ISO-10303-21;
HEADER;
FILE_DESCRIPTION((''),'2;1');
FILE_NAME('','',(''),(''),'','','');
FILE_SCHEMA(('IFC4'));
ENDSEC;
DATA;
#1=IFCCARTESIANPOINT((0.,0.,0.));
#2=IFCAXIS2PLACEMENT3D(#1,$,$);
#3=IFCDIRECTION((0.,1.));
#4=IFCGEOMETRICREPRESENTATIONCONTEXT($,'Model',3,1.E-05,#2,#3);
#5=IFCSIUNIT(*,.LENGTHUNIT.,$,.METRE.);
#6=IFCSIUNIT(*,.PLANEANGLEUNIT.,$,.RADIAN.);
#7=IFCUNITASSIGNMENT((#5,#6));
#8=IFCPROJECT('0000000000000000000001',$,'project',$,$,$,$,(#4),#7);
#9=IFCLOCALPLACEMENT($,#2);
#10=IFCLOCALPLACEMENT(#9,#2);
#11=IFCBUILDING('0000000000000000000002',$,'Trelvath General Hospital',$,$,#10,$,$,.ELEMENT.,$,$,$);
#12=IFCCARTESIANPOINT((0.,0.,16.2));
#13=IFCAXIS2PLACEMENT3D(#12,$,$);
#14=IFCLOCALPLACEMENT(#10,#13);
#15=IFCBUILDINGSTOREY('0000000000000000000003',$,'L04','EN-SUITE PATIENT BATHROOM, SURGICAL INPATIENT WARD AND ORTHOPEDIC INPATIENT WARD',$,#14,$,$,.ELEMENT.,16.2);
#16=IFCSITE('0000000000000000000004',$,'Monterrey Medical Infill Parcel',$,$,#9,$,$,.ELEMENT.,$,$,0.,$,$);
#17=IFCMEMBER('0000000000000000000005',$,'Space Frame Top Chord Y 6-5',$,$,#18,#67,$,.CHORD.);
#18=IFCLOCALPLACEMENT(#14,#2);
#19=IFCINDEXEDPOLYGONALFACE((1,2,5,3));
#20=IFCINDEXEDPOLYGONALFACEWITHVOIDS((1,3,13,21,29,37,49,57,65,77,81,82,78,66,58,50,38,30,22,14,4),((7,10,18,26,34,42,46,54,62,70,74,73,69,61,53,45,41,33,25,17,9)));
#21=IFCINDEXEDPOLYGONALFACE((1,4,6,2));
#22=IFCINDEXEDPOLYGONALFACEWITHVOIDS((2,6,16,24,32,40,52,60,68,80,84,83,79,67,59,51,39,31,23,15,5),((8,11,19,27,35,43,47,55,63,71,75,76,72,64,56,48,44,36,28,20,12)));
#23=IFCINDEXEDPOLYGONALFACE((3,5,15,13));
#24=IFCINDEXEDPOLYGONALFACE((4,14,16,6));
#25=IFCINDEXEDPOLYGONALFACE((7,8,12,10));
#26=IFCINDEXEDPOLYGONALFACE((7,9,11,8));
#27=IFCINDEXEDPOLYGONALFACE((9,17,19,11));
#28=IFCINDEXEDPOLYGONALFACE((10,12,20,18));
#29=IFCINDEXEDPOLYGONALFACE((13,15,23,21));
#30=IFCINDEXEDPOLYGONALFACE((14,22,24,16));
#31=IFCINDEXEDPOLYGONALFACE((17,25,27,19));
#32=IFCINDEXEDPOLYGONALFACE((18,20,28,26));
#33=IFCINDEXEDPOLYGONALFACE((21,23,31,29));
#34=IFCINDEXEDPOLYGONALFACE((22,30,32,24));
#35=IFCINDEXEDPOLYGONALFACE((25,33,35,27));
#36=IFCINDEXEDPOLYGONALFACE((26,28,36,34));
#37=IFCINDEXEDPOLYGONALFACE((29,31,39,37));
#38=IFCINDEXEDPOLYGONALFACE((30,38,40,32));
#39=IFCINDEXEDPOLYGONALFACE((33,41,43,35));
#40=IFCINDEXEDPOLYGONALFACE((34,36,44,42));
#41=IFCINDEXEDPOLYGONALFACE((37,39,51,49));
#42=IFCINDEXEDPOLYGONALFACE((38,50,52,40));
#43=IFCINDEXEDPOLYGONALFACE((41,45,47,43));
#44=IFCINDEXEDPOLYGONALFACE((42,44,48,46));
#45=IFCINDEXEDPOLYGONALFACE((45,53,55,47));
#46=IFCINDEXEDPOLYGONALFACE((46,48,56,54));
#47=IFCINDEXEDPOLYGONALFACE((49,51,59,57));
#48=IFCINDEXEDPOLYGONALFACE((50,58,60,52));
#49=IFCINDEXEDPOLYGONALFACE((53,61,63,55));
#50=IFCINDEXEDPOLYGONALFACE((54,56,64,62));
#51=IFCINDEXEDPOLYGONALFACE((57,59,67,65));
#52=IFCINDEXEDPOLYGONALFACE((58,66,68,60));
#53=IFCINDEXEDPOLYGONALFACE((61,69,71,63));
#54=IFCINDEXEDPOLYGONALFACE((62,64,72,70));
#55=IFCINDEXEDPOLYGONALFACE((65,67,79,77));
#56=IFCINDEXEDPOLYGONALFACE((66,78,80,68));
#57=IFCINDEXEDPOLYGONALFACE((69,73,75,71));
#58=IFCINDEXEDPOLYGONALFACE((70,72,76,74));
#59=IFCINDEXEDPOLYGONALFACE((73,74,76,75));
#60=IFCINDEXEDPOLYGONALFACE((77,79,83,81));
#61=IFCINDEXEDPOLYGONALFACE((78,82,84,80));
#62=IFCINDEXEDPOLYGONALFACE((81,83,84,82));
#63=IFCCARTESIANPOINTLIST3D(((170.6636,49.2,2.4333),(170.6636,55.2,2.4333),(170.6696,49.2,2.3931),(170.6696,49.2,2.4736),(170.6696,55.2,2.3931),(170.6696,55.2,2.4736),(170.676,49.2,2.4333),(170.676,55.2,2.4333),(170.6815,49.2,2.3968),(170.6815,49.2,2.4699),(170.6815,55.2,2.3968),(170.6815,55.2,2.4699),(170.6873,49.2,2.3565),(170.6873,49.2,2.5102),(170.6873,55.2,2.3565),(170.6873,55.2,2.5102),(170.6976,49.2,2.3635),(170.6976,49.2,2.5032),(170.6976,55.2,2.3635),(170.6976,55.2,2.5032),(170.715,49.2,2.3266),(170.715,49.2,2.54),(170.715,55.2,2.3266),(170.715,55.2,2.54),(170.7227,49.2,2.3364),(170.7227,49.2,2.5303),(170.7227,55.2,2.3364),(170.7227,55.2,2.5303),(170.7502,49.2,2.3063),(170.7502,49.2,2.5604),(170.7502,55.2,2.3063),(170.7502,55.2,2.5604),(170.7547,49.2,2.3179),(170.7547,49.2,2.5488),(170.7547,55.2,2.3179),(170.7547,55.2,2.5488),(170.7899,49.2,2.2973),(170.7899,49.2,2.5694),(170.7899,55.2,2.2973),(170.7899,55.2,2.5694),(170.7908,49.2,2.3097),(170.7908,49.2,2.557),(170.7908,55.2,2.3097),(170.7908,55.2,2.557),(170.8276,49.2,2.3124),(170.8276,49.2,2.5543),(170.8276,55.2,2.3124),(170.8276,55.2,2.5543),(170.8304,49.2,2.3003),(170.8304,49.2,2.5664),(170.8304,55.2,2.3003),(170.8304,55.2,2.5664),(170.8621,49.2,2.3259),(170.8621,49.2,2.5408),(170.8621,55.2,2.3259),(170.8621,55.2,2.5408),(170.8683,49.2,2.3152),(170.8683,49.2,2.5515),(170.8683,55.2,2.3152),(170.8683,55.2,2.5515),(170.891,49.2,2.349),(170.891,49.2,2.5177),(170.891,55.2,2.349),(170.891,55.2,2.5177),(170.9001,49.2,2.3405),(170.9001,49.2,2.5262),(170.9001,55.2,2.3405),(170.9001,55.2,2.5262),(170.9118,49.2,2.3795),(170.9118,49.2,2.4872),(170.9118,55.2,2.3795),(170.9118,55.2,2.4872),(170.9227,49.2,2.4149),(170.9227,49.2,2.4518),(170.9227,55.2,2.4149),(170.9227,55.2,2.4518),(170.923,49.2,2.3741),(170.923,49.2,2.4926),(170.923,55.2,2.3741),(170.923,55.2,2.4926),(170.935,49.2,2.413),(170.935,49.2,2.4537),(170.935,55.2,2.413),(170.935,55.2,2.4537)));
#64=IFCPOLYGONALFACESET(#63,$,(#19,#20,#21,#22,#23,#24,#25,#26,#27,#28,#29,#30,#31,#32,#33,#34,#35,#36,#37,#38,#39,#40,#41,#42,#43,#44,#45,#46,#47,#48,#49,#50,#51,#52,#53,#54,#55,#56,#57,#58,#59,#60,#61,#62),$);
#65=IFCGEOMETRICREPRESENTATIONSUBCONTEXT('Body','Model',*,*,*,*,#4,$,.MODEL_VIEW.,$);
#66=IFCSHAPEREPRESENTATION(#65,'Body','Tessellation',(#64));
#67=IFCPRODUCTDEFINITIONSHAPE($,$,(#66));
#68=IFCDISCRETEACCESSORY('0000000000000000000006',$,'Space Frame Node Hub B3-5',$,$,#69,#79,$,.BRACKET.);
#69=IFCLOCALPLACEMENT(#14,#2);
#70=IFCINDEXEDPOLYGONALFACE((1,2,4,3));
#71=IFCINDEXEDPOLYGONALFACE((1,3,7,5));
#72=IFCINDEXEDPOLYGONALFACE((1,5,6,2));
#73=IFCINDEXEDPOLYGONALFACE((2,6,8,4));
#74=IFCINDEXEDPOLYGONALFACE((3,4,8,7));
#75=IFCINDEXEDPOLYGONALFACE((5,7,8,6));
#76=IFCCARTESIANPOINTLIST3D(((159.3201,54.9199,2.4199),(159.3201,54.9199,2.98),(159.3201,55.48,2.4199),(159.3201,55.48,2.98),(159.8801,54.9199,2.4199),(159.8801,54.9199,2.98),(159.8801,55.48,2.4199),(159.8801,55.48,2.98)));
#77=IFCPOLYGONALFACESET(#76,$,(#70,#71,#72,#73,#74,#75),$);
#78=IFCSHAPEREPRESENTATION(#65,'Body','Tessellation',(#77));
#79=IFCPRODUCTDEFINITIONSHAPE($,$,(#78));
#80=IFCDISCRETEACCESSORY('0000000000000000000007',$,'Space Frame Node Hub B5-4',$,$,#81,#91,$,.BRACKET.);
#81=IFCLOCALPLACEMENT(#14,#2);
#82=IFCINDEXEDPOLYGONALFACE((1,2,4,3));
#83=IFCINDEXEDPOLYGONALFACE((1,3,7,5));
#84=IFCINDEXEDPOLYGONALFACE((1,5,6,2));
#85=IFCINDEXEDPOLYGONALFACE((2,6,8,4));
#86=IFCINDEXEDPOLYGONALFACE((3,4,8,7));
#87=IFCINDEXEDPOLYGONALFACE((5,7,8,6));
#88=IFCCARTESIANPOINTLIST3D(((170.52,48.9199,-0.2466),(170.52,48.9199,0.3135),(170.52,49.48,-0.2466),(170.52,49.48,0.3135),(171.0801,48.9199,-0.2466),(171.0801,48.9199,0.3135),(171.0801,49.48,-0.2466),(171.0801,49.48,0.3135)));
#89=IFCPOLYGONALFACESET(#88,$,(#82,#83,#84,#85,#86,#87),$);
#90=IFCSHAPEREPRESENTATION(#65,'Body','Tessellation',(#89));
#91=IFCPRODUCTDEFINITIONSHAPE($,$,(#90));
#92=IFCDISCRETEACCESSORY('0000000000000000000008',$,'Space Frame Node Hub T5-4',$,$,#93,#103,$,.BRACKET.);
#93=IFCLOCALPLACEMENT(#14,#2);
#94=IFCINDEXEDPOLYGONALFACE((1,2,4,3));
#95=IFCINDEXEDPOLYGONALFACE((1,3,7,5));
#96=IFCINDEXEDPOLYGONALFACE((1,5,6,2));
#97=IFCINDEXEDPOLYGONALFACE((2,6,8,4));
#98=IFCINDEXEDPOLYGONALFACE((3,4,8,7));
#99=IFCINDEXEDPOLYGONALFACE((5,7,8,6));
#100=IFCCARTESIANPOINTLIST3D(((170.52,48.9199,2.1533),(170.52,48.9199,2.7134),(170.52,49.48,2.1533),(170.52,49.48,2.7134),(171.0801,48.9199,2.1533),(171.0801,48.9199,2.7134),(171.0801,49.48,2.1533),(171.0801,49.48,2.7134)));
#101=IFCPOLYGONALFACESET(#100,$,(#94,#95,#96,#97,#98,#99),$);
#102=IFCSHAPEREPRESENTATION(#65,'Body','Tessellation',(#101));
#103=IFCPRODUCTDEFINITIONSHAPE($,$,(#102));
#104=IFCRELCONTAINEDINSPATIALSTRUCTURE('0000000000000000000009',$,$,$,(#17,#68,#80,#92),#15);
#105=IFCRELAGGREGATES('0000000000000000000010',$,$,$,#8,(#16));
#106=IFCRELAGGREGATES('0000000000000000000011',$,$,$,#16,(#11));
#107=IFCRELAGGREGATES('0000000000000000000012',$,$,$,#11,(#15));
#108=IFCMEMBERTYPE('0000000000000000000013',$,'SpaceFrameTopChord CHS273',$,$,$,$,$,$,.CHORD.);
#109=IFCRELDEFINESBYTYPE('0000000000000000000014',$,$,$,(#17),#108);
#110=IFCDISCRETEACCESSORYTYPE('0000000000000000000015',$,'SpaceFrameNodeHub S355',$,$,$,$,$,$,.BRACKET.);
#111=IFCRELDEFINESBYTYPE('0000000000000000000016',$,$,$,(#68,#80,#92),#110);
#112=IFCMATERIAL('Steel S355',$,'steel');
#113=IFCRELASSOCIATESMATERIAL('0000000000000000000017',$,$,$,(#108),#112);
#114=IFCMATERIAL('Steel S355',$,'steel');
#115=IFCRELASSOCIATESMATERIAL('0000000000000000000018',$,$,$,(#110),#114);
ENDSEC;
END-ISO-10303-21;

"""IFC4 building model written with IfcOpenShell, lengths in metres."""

from ifc_helpers import new_model, si_unit, direction, frame, origin, origin_2d, place, context, subcontext, project, spatial, rectangle, hollow_circle, extrude, material, material_profile, profile_set, type_object, element, save


model = new_model("IFC4")

# Units and contexts
model_context = context("Model", 3, precision=1e-05, world=origin(), true_north=direction((0.0, 1.0)))
body_context = subcontext(model_context, "Body", "Model", "MODEL_VIEW")
ifc_project = project(units=[si_unit("LENGTHUNIT", "METRE"), si_unit("PLANEANGLEUNIT", "RADIAN")], contexts=[model_context])

# Site, building, storey
site_placement = place(None, origin())
site = spatial("IfcSite", under=ifc_project, at=site_placement, Name="Monterrey Medical Infill Parcel", CompositionType="ELEMENT", RefElevation=0.0)
building_placement = place(site_placement, origin())
building = spatial("IfcBuilding", under=site, at=building_placement, Name="Trelvath General Hospital", CompositionType="ELEMENT")
storey_placement = place(building_placement, frame((0.0, 0.0, 16.2)))
storey = spatial("IfcBuildingStorey", under=building, at=storey_placement, Name="L04", Description="EN-SUITE PATIENT BATHROOM, SURGICAL INPATIENT WARD AND ORTHOPEDIC INPATIENT WARD", CompositionType="ELEMENT", Elevation=16.2)

# Member
ifc_material_1 = material(Name="Steel S355", Category="steel")
ifc_material_profile_1 = material_profile(ifc_material_1, hollow_circle(Radius=0.1365, WallThickness=0.0125, at=origin_2d()), Name="CHS273.0x12.5")
ifc_profile_set_1 = profile_set([ifc_material_profile_1], Name="Steel S355")
member_type_1 = type_object("IfcMemberType", Name="SpaceFrameTopChord CHS273", PredefinedType="CHORD", material=ifc_profile_set_1)
member_1_placement = place(storey_placement, frame((170.8, 49.2, 2.4333), z_axis=(0.0, 1.0, 0.0), x_axis=(-1.0, 0.0, 0.0)))
element("IfcMember", 1, at=member_1_placement, inside=storey, type_object=member_type_1, Name="Space Frame Top Chord Y 6-5", PredefinedType="CHORD", context=body_context, shape_type="SweptSolid", body=[
    extrude(hollow_circle(Radius=0.1365, WallThickness=0.0125, at=origin_2d()), origin(), (0.0, 0.0, 1.0), 6.0),
])

# Discrete accessories
ifc_material_2 = material(Name="Steel S355", Category="steel")
discrete_accessory_type = type_object("IfcDiscreteAccessoryType", Name="SpaceFrameNodeHub S355", PredefinedType="BRACKET", material=ifc_material_2)
for number, where, z_axis, x_axis, name in (
    (2, (159.6001, 55.2, 2.4199), (0.0, 0.0, 1.0), (1.0, 0.0, 0.0), "Space Frame Node Hub B3-5"),
    (3, (170.8, 49.2, -0.2466), (0.0, 0.0, 1.0), (1.0, 0.0, 0.0), "Space Frame Node Hub B5-4"),
    (4, (170.8, 49.2, 2.1533), (0.0, 0.0, 1.0), (1.0, 0.0, 0.0), "Space Frame Node Hub T5-4"),
):
    element("IfcDiscreteAccessory", number, at=place(storey_placement, frame(where, z_axis=z_axis, x_axis=x_axis)), inside=storey, type_object=discrete_accessory_type, Name=name, PredefinedType="BRACKET", context=body_context, shape_type="SweptSolid", body=[
        extrude(rectangle(XDim=0.5601, YDim=0.5601, at=origin_2d()), origin(), (0.0, 0.0, 1.0), 0.5601),
    ])

save(model, "model.ifc")
